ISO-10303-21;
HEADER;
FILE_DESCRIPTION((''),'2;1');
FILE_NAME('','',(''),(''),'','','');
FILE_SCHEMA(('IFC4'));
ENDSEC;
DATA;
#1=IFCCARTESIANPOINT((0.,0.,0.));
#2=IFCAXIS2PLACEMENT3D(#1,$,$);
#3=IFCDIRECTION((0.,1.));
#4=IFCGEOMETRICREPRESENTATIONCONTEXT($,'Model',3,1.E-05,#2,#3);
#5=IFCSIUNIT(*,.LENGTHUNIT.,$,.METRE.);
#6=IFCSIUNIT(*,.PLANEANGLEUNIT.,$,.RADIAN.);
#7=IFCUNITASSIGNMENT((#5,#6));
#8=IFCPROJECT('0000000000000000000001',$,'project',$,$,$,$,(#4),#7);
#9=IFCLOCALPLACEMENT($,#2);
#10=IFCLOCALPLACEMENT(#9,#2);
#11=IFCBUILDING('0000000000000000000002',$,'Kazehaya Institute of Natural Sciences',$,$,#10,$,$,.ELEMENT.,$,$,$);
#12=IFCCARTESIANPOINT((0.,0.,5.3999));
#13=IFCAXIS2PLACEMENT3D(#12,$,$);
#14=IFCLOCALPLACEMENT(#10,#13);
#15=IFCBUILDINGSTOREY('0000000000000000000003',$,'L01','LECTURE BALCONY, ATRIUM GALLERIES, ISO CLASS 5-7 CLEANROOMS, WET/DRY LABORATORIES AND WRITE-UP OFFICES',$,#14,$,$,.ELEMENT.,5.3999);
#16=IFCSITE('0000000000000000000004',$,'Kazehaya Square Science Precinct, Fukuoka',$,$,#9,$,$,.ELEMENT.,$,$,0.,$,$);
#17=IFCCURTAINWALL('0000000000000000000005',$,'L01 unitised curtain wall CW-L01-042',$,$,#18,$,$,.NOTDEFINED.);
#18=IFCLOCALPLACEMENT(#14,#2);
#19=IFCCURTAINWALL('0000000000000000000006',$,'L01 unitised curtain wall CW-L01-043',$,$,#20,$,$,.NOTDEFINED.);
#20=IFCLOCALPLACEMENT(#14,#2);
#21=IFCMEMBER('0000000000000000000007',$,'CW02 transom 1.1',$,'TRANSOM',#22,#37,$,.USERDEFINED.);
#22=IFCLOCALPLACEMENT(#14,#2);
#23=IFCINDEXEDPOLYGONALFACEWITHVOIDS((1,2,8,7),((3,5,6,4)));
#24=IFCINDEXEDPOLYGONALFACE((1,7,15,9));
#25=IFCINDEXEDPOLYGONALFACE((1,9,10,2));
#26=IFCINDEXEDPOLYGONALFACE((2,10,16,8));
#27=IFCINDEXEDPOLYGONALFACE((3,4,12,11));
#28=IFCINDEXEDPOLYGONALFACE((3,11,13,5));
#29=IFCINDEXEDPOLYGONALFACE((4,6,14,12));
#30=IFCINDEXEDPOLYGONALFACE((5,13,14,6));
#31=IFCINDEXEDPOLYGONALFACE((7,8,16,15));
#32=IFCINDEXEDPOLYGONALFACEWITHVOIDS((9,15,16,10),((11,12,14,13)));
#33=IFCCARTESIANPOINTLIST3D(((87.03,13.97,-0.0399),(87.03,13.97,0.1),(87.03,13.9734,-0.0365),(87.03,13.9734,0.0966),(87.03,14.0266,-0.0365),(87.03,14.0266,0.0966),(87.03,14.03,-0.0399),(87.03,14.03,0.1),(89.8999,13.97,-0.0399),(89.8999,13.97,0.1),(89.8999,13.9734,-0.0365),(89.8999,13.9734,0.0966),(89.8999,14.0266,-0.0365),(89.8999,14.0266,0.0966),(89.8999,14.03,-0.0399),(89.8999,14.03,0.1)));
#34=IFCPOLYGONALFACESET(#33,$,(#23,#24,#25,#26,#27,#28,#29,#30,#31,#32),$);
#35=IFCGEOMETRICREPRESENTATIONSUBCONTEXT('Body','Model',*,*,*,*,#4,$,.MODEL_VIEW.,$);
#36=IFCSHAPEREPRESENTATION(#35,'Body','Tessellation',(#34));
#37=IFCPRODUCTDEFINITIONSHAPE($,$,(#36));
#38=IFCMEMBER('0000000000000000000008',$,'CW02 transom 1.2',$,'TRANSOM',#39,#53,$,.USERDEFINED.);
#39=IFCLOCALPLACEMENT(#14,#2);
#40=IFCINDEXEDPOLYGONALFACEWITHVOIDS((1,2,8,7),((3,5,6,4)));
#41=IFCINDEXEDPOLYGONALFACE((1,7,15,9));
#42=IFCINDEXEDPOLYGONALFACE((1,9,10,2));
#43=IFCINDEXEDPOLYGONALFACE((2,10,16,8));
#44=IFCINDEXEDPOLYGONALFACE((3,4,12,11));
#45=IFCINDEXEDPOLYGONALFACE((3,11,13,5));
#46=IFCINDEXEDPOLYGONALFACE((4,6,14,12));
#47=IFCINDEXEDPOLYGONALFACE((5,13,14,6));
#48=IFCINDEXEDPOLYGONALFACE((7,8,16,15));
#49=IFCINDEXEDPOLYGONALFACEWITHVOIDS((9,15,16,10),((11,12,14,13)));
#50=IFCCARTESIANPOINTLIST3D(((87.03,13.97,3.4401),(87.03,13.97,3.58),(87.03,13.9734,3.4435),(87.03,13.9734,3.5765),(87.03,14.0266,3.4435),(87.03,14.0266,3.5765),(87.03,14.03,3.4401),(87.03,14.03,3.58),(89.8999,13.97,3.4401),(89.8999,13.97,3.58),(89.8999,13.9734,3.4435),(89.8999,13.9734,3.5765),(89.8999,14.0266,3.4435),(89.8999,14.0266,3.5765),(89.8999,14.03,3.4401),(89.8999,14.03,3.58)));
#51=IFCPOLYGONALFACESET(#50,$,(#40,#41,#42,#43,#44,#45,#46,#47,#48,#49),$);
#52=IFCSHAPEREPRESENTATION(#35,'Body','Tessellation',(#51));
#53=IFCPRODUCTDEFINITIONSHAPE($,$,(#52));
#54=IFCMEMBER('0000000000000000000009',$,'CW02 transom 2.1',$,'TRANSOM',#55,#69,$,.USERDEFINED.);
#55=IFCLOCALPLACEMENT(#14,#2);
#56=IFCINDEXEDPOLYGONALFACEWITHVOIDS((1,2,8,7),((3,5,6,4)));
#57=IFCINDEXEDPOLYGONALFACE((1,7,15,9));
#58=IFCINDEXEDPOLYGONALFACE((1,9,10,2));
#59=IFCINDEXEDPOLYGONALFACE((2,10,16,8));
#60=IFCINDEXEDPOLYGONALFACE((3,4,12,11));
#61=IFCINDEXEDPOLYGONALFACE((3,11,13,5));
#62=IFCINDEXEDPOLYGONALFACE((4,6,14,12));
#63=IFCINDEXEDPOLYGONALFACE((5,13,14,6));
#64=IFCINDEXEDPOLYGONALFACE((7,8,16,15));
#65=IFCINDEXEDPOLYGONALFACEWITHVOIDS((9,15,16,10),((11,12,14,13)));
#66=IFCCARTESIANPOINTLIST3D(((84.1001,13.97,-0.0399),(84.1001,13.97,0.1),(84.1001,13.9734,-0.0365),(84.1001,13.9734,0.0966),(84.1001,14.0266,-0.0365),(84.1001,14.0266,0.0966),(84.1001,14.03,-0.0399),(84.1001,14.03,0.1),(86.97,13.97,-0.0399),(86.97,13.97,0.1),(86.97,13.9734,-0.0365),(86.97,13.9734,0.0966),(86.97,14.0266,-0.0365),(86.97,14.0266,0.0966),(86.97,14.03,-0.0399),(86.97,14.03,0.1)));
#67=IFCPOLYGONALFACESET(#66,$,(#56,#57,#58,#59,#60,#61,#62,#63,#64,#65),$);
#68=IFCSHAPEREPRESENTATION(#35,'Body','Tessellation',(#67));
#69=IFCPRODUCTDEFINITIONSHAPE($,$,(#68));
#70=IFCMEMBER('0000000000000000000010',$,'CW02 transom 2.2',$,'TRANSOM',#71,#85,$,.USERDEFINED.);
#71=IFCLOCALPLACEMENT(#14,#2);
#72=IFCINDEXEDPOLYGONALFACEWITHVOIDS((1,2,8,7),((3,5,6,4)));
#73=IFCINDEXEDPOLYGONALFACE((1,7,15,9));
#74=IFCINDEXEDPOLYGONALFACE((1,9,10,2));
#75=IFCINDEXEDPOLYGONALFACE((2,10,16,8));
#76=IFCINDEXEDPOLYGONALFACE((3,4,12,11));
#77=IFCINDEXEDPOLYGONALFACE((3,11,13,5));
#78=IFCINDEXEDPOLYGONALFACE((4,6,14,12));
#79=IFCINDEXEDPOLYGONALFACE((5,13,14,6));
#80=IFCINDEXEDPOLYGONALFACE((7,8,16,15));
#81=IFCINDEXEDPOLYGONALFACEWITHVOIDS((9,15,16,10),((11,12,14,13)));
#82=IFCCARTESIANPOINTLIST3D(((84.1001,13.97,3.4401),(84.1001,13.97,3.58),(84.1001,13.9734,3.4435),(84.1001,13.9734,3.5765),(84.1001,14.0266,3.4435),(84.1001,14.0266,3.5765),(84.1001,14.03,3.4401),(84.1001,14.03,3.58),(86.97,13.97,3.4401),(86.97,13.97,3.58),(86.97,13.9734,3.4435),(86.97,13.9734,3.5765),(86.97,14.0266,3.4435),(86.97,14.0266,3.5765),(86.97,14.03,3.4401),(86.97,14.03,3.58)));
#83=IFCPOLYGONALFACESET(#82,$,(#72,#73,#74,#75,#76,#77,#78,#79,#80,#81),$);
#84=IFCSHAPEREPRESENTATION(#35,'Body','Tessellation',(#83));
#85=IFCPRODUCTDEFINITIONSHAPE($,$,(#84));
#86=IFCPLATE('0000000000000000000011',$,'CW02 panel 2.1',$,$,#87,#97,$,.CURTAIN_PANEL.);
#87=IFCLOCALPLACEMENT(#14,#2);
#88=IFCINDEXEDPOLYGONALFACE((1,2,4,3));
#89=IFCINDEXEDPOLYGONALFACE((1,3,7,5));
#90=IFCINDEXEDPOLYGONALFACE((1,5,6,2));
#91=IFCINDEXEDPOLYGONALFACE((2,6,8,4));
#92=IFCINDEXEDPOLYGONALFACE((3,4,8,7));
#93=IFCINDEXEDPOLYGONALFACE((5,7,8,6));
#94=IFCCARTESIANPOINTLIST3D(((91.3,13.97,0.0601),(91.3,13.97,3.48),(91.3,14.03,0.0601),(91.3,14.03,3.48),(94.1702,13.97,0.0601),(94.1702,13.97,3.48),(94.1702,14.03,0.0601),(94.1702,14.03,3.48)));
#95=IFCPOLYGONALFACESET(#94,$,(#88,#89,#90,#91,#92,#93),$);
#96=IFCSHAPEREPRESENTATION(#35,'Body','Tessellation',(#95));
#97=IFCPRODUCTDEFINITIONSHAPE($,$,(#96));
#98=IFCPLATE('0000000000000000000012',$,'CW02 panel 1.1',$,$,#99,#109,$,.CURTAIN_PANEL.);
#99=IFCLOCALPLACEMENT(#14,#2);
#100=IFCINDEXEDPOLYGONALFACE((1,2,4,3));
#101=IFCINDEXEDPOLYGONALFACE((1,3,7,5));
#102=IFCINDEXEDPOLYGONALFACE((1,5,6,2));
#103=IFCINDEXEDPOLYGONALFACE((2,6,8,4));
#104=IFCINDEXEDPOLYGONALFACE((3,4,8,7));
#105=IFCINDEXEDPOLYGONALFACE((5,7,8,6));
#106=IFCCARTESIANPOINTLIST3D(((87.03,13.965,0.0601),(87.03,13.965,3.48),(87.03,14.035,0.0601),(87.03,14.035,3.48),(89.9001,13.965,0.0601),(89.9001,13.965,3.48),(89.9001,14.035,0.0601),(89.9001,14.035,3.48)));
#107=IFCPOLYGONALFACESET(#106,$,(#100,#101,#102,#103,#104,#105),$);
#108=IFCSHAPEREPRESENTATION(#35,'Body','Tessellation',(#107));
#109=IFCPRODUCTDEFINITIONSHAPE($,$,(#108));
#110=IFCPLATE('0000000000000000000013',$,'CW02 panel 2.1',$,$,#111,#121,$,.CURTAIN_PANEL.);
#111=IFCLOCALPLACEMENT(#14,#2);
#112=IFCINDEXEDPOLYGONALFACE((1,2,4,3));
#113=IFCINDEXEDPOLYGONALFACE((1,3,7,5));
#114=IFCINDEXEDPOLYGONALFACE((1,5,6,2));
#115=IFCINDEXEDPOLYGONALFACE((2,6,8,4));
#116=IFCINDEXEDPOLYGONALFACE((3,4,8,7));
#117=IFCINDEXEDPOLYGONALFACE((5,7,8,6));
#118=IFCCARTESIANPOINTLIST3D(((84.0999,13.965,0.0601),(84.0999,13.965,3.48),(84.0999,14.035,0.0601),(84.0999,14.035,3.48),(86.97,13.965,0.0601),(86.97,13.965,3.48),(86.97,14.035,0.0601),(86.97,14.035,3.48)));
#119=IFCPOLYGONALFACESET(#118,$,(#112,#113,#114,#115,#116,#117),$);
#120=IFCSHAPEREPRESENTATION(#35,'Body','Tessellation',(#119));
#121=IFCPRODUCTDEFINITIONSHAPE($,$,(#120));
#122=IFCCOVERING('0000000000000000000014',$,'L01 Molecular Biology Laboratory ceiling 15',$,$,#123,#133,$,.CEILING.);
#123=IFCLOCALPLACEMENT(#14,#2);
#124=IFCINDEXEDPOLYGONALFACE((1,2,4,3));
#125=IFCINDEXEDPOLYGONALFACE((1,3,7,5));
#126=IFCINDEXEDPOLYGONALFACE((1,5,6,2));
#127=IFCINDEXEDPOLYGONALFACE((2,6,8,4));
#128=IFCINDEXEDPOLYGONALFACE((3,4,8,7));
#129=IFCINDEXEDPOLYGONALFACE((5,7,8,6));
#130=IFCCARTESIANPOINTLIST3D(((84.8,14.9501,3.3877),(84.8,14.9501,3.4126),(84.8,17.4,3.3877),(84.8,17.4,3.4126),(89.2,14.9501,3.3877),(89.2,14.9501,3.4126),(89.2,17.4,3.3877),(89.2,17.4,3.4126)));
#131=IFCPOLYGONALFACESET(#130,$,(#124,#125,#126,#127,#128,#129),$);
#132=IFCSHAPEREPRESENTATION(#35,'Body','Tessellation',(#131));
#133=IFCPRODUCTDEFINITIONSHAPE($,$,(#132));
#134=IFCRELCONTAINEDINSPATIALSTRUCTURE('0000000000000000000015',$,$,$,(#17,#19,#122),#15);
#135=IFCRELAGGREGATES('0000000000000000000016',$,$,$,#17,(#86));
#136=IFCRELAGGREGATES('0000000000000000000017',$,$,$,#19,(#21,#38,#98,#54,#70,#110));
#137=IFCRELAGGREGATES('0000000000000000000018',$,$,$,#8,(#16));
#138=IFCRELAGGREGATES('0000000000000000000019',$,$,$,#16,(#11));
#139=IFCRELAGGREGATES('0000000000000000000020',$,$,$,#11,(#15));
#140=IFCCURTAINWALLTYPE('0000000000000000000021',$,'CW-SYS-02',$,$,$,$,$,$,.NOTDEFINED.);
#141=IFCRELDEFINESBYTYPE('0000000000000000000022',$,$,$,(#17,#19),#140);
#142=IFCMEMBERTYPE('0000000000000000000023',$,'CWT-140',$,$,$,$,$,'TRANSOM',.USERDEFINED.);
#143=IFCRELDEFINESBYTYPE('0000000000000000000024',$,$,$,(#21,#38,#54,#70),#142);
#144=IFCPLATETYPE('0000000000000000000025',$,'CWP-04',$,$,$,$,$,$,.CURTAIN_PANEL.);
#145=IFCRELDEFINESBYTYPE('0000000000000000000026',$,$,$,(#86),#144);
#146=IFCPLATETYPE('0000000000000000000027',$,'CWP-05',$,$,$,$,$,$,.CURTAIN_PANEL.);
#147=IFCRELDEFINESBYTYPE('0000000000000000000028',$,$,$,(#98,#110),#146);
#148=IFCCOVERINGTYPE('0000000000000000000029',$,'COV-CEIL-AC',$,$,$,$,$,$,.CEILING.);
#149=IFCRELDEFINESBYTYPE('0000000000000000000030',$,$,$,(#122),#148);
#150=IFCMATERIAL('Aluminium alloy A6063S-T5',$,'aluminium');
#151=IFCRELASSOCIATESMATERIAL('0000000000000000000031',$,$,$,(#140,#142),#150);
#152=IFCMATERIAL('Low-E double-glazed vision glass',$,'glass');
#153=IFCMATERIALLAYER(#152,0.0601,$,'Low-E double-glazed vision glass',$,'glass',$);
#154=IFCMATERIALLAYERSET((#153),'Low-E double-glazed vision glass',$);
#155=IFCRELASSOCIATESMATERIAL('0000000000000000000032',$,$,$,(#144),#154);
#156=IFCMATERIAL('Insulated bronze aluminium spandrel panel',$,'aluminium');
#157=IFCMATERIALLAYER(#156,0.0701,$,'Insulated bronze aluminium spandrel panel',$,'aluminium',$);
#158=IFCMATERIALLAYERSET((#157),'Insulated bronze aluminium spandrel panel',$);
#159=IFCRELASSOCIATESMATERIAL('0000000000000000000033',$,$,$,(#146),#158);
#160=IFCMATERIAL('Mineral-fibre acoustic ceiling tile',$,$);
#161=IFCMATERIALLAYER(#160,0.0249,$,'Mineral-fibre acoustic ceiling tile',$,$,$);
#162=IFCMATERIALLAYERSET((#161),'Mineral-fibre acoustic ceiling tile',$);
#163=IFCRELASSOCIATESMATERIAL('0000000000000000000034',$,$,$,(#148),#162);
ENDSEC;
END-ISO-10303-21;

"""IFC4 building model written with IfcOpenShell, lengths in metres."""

from ifc_helpers import new_model, si_unit, direction, frame, origin, origin_2d, place, context, subcontext, project, spatial, rectangle, hollow_rectangle, extrude, material, layer, layer_set, material_profile, profile_set, type_object, element, aggregate, save


model = new_model("IFC4")

# Units and contexts
model_context = context("Model", 3, precision=1e-05, world=origin(), true_north=direction((0.0, 1.0)))
body_context = subcontext(model_context, "Body", "Model", "MODEL_VIEW")
ifc_project = project(units=[si_unit("LENGTHUNIT", "METRE"), si_unit("PLANEANGLEUNIT", "RADIAN")], contexts=[model_context])

# Site, building, storey
site_placement = place(None, origin())
site = spatial("IfcSite", under=ifc_project, at=site_placement, Name="Kazehaya Square Science Precinct, Fukuoka", CompositionType="ELEMENT", RefElevation=0.0)
building_placement = place(site_placement, origin())
building = spatial("IfcBuilding", under=site, at=building_placement, Name="Kazehaya Institute of Natural Sciences", CompositionType="ELEMENT")
storey_placement = place(building_placement, frame((0.0, 0.0, 5.3999)))
storey = spatial("IfcBuildingStorey", under=building, at=storey_placement, Name="L01", Description="LECTURE BALCONY, ATRIUM GALLERIES, ISO CLASS 5-7 CLEANROOMS, WET/DRY LABORATORIES AND WRITE-UP OFFICES", CompositionType="ELEMENT", Elevation=5.3999)

# Curtain wall
ifc_material_1 = material(Name="Aluminium alloy A6063S-T5", Category="aluminium")
curtain_wall_type = type_object("IfcCurtainWallType", Name="CW-SYS-02", PredefinedType="NOTDEFINED", material=ifc_material_1)
curtain_wall_1_placement = place(storey_placement, origin())
curtain_wall_1 = element("IfcCurtainWall", 1, at=curtain_wall_1_placement, inside=storey, type_object=curtain_wall_type, Name="L01 unitised curtain wall CW-L01-042", PredefinedType="NOTDEFINED")

# Curtain wall
curtain_wall_2_placement = place(storey_placement, origin())
curtain_wall_2 = element("IfcCurtainWall", 2, at=curtain_wall_2_placement, inside=storey, type_object=curtain_wall_type, Name="L01 unitised curtain wall CW-L01-043", PredefinedType="NOTDEFINED")

# Members
ifc_material_profile_1 = material_profile(ifc_material_1, hollow_rectangle(XDim=0.0601, YDim=0.1399, WallThickness=0.0034, at=origin_2d()), Name="ALU-60x140x3.5")
ifc_profile_set_1 = profile_set([ifc_material_profile_1], Name="Aluminium alloy A6063S-T5")
member_type_1 = type_object("IfcMemberType", Name="CWT-140", ElementType="TRANSOM", PredefinedType="USERDEFINED", material=ifc_profile_set_1)
member_1_placement = place(storey_placement, frame((89.8999, 14.0, 0.03), z_axis=(-1.0, 0.0, 0.0), x_axis=(0.0, -1.0, 0.0)))
member_1 = element("IfcMember", 3, at=member_1_placement, type_object=member_type_1, Name="CW02 transom 1.1", ObjectType="TRANSOM", PredefinedType="USERDEFINED", context=body_context, shape_type="SweptSolid", body=[
    extrude(hollow_rectangle(XDim=0.0601, YDim=0.1399, WallThickness=0.0034, at=origin_2d()), origin(), (0.0, 0.0, 1.0), 2.8699),
])
member_2_placement = place(storey_placement, frame((89.8999, 14.0, 3.51), z_axis=(-1.0, 0.0, 0.0), x_axis=(0.0, -1.0, 0.0)))
member_2 = element("IfcMember", 4, at=member_2_placement, type_object=member_type_1, Name="CW02 transom 1.2", ObjectType="TRANSOM", PredefinedType="USERDEFINED", context=body_context, shape_type="SweptSolid", body=[
    extrude(hollow_rectangle(XDim=0.0601, YDim=0.1399, WallThickness=0.0034, at=origin_2d()), origin(), (0.0, 0.0, 1.0), 2.8699),
])
member_3_placement = place(storey_placement, frame((86.97, 14.0, 0.03), z_axis=(-1.0, 0.0, 0.0), x_axis=(0.0, -1.0, 0.0)))
member_3 = element("IfcMember", 5, at=member_3_placement, type_object=member_type_1, Name="CW02 transom 2.1", ObjectType="TRANSOM", PredefinedType="USERDEFINED", context=body_context, shape_type="SweptSolid", body=[
    extrude(hollow_rectangle(XDim=0.0601, YDim=0.1399, WallThickness=0.0034, at=origin_2d()), origin(), (0.0, 0.0, 1.0), 2.8699),
])
member_4_placement = place(storey_placement, frame((86.97, 14.0, 3.51), z_axis=(-1.0, 0.0, 0.0), x_axis=(0.0, -1.0, 0.0)))
member_4 = element("IfcMember", 6, at=member_4_placement, type_object=member_type_1, Name="CW02 transom 2.2", ObjectType="TRANSOM", PredefinedType="USERDEFINED", context=body_context, shape_type="SweptSolid", body=[
    extrude(hollow_rectangle(XDim=0.0601, YDim=0.1399, WallThickness=0.0034, at=origin_2d()), origin(), (0.0, 0.0, 1.0), 2.8699),
])

# Plates
ifc_material_2 = material(Name="Low-E double-glazed vision glass", Category="glass")
ifc_layer_1 = layer(ifc_material_2, 0.0601, Name="Low-E double-glazed vision glass", Category="glass")
ifc_layer_set_1 = layer_set([ifc_layer_1], Name="Low-E double-glazed vision glass")
plate_type_1 = type_object("IfcPlateType", Name="CWP-04", PredefinedType="CURTAIN_PANEL", material=ifc_layer_set_1)
plate_1_placement = place(storey_placement, frame((92.7351, 14.0, 0.0601), z_axis=(0.0, 0.0, 1.0), x_axis=(-1.0, 0.0, 0.0)))
plate_1 = element("IfcPlate", 7, at=plate_1_placement, type_object=plate_type_1, Name="CW02 panel 2.1", PredefinedType="CURTAIN_PANEL", context=body_context, shape_type="SweptSolid", body=[
    extrude(rectangle(XDim=2.8701, YDim=0.0601, at=origin_2d()), origin(), (0.0, 0.0, 1.0), 3.4199),
])
aggregate(curtain_wall_1, [plate_1])
ifc_material_3 = material(Name="Insulated bronze aluminium spandrel panel", Category="aluminium")
ifc_layer_2 = layer(ifc_material_3, 0.0701, Name="Insulated bronze aluminium spandrel panel", Category="aluminium")
ifc_layer_set_2 = layer_set([ifc_layer_2], Name="Insulated bronze aluminium spandrel panel")
plate_type_2 = type_object("IfcPlateType", Name="CWP-05", PredefinedType="CURTAIN_PANEL", material=ifc_layer_set_2)
plate_2_placement = place(storey_placement, frame((88.4651, 14.0, 0.0601), z_axis=(0.0, 0.0, 1.0), x_axis=(-1.0, 0.0, 0.0)))
plate_2 = element("IfcPlate", 8, at=plate_2_placement, type_object=plate_type_2, Name="CW02 panel 1.1", PredefinedType="CURTAIN_PANEL", context=body_context, shape_type="SweptSolid", body=[
    extrude(rectangle(XDim=2.8701, YDim=0.0701, at=origin_2d()), origin(), (0.0, 0.0, 1.0), 3.4199),
])
plate_3_placement = place(storey_placement, frame((85.5349, 14.0, 0.0601), z_axis=(0.0, 0.0, 1.0), x_axis=(-1.0, 0.0, 0.0)))
plate_3 = element("IfcPlate", 9, at=plate_3_placement, type_object=plate_type_2, Name="CW02 panel 2.1", PredefinedType="CURTAIN_PANEL", context=body_context, shape_type="SweptSolid", body=[
    extrude(rectangle(XDim=2.8701, YDim=0.0701, at=origin_2d()), origin(), (0.0, 0.0, 1.0), 3.4199),
])
aggregate(curtain_wall_2, [member_1, member_2, plate_2, member_3, member_4, plate_3])

# Covering
ifc_material_4 = material(Name="Mineral-fibre acoustic ceiling tile")
ifc_layer_3 = layer(ifc_material_4, 0.0249, Name="Mineral-fibre acoustic ceiling tile")
ifc_layer_set_3 = layer_set([ifc_layer_3], Name="Mineral-fibre acoustic ceiling tile")
covering_type = type_object("IfcCoveringType", Name="COV-CEIL-AC", PredefinedType="CEILING", material=ifc_layer_set_3)
covering_placement = place(storey_placement, frame((87.0, 16.175, 3.3877), z_axis=(0.0, 0.0, 1.0), x_axis=(1.0, 0.0, 0.0)))
element("IfcCovering", 10, at=covering_placement, inside=storey, type_object=covering_type, Name="L01 Molecular Biology Laboratory ceiling 15", PredefinedType="CEILING", context=body_context, shape_type="SweptSolid", body=[
    extrude(rectangle(XDim=4.3999, YDim=2.45, at=origin_2d()), origin(), (0.0, 0.0, 1.0), 0.0249),
])

save(model, "model.ifc")
